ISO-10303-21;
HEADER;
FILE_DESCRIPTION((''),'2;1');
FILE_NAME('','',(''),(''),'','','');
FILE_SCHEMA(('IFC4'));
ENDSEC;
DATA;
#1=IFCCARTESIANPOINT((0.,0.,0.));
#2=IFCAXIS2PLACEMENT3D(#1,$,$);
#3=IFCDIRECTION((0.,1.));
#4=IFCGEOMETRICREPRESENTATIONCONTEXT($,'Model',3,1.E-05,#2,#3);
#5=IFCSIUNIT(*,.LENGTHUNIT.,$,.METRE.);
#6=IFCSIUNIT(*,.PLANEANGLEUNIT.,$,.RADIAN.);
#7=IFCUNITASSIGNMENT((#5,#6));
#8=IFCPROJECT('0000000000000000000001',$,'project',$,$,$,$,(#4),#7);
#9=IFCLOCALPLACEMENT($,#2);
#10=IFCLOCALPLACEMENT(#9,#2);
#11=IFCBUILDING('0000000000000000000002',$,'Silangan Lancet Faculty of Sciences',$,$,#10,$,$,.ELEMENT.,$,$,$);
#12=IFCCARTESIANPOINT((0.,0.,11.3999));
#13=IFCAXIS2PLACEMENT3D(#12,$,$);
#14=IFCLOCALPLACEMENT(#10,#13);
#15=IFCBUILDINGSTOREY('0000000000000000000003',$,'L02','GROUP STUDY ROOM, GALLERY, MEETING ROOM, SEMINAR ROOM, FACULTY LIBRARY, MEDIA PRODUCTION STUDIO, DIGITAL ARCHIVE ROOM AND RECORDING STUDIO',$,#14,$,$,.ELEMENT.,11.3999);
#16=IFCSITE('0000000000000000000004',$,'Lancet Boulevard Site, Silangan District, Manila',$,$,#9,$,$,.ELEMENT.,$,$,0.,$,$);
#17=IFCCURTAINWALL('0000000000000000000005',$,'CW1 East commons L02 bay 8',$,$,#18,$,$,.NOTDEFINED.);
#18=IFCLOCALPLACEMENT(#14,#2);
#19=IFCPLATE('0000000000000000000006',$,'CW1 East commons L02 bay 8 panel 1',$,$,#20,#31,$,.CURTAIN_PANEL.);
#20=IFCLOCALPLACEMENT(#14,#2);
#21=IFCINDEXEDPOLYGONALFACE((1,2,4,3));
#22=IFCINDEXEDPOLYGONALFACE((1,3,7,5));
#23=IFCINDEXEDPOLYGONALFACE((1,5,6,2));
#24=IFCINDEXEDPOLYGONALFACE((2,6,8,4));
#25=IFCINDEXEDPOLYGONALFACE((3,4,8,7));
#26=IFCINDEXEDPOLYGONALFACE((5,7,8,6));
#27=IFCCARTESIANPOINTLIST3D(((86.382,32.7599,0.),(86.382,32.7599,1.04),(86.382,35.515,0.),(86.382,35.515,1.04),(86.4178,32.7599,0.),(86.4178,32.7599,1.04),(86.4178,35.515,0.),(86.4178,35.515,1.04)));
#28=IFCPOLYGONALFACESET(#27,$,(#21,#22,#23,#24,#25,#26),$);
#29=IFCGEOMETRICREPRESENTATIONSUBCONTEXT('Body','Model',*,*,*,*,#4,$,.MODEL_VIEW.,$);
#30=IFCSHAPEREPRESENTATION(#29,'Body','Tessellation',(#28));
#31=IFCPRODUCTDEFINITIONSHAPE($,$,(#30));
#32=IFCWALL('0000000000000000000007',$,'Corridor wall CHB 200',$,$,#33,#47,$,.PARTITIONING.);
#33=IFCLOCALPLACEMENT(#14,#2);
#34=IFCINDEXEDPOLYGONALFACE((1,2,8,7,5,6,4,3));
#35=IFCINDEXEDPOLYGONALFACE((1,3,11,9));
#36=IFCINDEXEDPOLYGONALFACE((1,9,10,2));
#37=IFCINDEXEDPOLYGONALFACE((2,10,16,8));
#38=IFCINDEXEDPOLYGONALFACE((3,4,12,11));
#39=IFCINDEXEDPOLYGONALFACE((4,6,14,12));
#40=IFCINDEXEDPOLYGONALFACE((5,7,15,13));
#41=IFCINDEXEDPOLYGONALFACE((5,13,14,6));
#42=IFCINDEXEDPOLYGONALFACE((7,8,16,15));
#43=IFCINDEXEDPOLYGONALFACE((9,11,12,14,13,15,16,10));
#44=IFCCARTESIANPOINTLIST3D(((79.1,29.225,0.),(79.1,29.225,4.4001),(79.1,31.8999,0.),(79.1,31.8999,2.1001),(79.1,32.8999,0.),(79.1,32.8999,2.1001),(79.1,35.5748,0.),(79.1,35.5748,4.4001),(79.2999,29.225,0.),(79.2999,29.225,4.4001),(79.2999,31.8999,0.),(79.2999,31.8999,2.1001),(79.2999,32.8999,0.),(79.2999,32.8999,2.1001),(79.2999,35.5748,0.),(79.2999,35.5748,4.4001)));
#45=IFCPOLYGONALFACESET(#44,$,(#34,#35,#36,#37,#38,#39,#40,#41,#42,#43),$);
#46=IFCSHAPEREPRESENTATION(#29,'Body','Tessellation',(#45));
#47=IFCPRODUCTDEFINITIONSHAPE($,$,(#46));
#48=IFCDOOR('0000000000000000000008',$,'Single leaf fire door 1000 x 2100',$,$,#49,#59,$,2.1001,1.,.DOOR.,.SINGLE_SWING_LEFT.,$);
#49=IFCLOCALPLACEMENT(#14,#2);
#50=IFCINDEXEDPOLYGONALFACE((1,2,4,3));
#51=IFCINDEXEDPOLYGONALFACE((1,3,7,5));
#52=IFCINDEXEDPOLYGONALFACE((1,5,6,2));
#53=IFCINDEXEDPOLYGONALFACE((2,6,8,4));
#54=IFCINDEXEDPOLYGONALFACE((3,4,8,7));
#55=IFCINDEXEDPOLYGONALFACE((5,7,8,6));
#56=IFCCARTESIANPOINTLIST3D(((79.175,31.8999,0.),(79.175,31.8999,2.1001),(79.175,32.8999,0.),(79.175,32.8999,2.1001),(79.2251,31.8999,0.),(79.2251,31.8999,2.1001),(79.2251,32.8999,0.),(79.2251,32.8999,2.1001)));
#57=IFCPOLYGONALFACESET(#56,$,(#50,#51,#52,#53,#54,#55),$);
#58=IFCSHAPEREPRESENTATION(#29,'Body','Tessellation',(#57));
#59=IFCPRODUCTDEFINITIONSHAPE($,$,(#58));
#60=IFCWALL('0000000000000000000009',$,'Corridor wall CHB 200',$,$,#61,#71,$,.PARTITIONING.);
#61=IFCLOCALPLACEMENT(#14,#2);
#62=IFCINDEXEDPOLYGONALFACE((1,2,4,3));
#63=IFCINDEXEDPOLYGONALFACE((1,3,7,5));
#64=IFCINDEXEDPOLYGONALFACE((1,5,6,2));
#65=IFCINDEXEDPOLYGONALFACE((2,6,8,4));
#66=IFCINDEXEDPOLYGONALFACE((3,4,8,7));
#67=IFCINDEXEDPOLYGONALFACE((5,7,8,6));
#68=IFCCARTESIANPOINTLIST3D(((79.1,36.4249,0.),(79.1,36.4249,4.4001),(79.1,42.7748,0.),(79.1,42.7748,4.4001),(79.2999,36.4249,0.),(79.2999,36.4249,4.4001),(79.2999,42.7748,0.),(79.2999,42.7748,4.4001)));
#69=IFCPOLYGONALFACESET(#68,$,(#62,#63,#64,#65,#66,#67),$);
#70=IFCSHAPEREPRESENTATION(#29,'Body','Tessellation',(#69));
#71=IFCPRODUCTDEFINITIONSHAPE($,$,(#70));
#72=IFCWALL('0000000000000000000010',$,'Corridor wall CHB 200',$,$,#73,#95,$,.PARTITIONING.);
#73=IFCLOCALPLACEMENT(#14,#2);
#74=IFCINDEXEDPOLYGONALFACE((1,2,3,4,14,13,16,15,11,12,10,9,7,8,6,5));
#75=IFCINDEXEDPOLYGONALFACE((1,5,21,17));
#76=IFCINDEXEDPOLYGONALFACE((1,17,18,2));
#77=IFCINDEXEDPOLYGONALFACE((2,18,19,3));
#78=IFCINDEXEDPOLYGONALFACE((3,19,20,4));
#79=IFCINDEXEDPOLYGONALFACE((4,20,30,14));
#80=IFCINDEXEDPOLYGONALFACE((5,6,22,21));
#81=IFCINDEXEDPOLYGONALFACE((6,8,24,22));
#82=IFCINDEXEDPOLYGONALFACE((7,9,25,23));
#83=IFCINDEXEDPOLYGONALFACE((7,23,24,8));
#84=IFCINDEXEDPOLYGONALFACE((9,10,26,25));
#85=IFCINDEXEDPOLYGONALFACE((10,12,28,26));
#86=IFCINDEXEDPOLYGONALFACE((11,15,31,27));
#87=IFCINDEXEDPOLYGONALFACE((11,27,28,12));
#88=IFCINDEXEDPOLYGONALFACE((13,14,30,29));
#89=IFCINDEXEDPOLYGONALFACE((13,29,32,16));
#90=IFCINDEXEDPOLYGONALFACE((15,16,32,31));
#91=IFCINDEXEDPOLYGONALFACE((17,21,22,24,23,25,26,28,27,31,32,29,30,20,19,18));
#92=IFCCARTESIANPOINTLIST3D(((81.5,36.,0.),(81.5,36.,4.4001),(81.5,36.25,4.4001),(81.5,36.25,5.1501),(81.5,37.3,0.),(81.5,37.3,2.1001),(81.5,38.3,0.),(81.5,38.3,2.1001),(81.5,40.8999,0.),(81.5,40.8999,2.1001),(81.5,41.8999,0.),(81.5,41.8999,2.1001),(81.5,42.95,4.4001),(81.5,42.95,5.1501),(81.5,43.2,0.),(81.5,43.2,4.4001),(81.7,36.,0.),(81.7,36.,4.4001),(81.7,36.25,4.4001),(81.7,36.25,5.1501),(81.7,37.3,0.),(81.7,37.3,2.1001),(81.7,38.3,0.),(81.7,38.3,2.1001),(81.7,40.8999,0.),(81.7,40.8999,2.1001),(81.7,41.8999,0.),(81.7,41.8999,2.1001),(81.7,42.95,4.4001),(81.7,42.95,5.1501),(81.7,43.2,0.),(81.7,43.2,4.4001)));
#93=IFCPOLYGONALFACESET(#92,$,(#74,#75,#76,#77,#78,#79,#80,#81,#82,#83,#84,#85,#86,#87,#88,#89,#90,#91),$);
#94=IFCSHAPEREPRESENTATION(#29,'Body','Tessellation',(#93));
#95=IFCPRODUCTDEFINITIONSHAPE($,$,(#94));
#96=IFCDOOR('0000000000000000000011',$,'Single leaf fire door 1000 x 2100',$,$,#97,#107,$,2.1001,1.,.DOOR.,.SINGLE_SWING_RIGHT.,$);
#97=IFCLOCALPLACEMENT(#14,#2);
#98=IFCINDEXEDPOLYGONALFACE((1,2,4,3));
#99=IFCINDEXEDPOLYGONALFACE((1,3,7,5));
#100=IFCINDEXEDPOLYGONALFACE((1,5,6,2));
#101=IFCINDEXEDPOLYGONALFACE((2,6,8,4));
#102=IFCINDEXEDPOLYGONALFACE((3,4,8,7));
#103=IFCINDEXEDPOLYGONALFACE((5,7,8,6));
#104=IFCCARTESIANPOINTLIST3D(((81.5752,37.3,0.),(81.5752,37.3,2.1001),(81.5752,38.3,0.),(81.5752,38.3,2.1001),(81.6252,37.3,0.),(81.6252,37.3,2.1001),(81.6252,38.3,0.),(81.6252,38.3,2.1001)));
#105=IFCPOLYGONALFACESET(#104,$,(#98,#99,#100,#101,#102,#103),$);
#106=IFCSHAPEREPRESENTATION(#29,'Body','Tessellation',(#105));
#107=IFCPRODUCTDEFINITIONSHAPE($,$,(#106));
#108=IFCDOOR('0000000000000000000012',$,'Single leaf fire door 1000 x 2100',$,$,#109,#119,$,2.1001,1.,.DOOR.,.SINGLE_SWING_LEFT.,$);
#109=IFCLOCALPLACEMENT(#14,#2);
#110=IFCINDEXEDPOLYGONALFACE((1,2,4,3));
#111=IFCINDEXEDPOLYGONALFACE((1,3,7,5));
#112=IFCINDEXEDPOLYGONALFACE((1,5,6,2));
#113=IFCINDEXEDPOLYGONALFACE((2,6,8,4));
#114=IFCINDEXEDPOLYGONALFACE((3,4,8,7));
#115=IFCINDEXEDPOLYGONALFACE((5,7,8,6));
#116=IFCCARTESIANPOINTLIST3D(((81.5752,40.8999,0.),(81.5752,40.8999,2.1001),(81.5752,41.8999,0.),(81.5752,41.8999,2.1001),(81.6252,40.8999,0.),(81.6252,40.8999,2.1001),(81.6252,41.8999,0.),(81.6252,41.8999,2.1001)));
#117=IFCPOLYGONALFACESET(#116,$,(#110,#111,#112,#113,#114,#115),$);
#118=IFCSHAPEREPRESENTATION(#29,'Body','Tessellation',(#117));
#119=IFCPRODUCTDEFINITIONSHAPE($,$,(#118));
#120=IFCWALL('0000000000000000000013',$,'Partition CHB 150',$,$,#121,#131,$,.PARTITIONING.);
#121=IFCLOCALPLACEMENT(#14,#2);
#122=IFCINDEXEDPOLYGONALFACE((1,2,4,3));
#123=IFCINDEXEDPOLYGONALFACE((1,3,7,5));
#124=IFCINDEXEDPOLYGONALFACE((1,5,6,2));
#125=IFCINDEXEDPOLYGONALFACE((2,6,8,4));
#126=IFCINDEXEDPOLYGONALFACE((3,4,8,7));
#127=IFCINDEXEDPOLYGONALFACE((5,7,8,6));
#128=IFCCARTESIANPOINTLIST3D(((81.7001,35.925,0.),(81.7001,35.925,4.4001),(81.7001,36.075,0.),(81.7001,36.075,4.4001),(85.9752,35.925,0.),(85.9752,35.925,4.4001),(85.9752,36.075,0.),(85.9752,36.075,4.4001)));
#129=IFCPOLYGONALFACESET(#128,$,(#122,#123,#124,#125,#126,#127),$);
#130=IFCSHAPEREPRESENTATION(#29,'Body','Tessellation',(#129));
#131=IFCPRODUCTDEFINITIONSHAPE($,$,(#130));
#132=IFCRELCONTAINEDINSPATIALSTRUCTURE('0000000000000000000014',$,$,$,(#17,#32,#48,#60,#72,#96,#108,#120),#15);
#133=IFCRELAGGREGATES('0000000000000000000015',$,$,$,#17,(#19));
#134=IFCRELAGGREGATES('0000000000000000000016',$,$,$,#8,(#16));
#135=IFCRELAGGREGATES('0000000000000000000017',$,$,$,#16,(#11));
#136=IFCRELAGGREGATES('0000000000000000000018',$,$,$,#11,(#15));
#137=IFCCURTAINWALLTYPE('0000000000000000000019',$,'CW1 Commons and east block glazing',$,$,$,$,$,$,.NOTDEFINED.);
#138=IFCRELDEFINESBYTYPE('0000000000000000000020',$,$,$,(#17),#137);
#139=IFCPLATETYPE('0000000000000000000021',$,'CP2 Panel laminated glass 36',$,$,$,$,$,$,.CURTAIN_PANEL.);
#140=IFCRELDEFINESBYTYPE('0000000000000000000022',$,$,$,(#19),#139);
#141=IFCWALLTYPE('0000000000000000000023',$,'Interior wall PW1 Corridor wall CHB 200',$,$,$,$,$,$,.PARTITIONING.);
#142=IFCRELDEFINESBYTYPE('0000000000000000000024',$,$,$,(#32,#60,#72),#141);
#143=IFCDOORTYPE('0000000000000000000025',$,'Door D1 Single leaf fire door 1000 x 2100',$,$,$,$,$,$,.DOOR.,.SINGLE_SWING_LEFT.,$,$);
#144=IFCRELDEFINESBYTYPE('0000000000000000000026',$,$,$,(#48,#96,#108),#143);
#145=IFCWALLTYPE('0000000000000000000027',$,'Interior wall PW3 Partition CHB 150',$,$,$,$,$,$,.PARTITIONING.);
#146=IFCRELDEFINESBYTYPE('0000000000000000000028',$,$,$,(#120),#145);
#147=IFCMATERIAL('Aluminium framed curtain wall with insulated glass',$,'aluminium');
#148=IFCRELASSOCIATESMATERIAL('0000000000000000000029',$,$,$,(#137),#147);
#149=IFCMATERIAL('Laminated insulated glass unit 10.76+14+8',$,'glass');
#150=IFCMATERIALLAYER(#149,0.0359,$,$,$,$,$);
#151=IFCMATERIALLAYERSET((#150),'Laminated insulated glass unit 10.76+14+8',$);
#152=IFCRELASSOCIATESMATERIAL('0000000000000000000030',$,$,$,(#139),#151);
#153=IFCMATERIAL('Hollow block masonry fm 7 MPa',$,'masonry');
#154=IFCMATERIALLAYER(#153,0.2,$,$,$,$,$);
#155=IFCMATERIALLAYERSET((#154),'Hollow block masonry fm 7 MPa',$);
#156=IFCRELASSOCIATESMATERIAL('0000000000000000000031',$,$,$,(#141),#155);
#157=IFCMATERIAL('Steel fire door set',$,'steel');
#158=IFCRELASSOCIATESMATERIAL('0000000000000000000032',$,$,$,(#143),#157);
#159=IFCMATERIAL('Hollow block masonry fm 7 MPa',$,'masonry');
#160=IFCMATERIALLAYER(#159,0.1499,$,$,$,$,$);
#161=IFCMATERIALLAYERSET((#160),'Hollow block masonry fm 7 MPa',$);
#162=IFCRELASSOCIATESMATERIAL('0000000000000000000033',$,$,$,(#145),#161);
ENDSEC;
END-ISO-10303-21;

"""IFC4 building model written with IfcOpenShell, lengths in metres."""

from ifc_helpers import new_model, si_unit, direction, frame, frame_2d, origin, origin_2d, place, context, subcontext, project, spatial, polyline, rectangle, outline, extrude, material, layer, layer_set, type_object, element, fill, aggregate, save


model = new_model("IFC4")

# Units and contexts
model_context = context("Model", 3, precision=1e-05, world=origin(), true_north=direction((0.0, 1.0)))
body_context = subcontext(model_context, "Body", "Model", "MODEL_VIEW")
ifc_project = project(units=[si_unit("LENGTHUNIT", "METRE"), si_unit("PLANEANGLEUNIT", "RADIAN")], contexts=[model_context])

# Site, building, storey
site_placement = place(None, origin())
site = spatial("IfcSite", under=ifc_project, at=site_placement, Name="Lancet Boulevard Site, Silangan District, Manila", CompositionType="ELEMENT", RefElevation=0.0)
building_placement = place(site_placement, origin())
building = spatial("IfcBuilding", under=site, at=building_placement, Name="Silangan Lancet Faculty of Sciences", CompositionType="ELEMENT")
storey_placement = place(building_placement, frame((0.0, 0.0, 11.3999)))
storey = spatial("IfcBuildingStorey", under=building, at=storey_placement, Name="L02", Description="GROUP STUDY ROOM, GALLERY, MEETING ROOM, SEMINAR ROOM, FACULTY LIBRARY, MEDIA PRODUCTION STUDIO, DIGITAL ARCHIVE ROOM AND RECORDING STUDIO", CompositionType="ELEMENT", Elevation=11.3999)

# Curtain wall
ifc_material_1 = material(Name="Aluminium framed curtain wall with insulated glass", Category="aluminium")
curtain_wall_type = type_object("IfcCurtainWallType", Name="CW1 Commons and east block glazing", PredefinedType="NOTDEFINED", material=ifc_material_1)
curtain_wall_1_placement = place(storey_placement, origin())
curtain_wall_1 = element("IfcCurtainWall", 1, at=curtain_wall_1_placement, inside=storey, type_object=curtain_wall_type, Name="CW1 East commons L02 bay 8", PredefinedType="NOTDEFINED")

# Plate
ifc_material_2 = material(Name="Laminated insulated glass unit 10.76+14+8", Category="glass")
ifc_layer_1 = layer(ifc_material_2, 0.0359)
ifc_layer_set_1 = layer_set([ifc_layer_1], Name="Laminated insulated glass unit 10.76+14+8")
plate_type_1 = type_object("IfcPlateType", Name="CP2 Panel laminated glass 36", PredefinedType="CURTAIN_PANEL", material=ifc_layer_set_1)
plate_1_placement = place(storey_placement, frame((86.3999, 34.1375, 0.0), z_axis=(0.0, 0.0, 1.0), x_axis=(0.0, 1.0, 0.0)))
plate_1 = element("IfcPlate", 2, at=plate_1_placement, type_object=plate_type_1, Name="CW1 East commons L02 bay 8 panel 1", PredefinedType="CURTAIN_PANEL", context=body_context, shape_type="SweptSolid", body=[
    extrude(rectangle(XDim=2.7551, YDim=0.0359, at=origin_2d()), origin(), (0.0, 0.0, 1.0), 1.04),
])
aggregate(curtain_wall_1, [plate_1])

# Wall, opening, door
ifc_material_3 = material(Name="Hollow block masonry fm 7 MPa", Category="masonry")
ifc_layer_2 = layer(ifc_material_3, 0.2)
ifc_layer_set_2 = layer_set([ifc_layer_2], Name="Hollow block masonry fm 7 MPa")
wall_type_1 = type_object("IfcWallType", Name="Interior wall PW1 Corridor wall CHB 200", PredefinedType="PARTITIONING", material=ifc_layer_set_2)
wall_1_placement = place(storey_placement, frame((79.2, 29.2251, 0.0), z_axis=(0.0, 0.0, 1.0), x_axis=(0.0, 1.0, 0.0)))
wall_1 = element("IfcWall", 3, at=wall_1_placement, inside=storey, type_object=wall_type_1, Name="Corridor wall CHB 200", PredefinedType="PARTITIONING", context=body_context, shape_type="SweptSolid", body=[
    extrude(rectangle(XDim=6.3499, YDim=0.2, at=frame_2d((3.1748, 0.0))), origin(), (0.0, 0.0, 1.0), 4.4001),
])
opening_1_placement = place(wall_1_placement, frame((2.6748, 0.0, 0.0)))
opening_1 = element("IfcOpeningElement", 4, at=opening_1_placement, cuts=wall_1, PredefinedType="OPENING", context=body_context, shape_type="SweptSolid", body=[
    extrude(rectangle(XDim=1.0, YDim=2.1001, at=frame_2d((0.5, 1.05))), frame((0.0, 0.1099, 0.0), z_axis=(0.0, -1.0, 0.0), x_axis=(1.0, 0.0, 0.0)), (0.0, 0.0, 1.0), 0.22),
])
ifc_material_4 = material(Name="Steel fire door set", Category="steel")
door_type = type_object("IfcDoorType", Name="Door D1 Single leaf fire door 1000 x 2100", OperationType="SINGLE_SWING_LEFT", PredefinedType="DOOR", material=ifc_material_4)
door_1_placement = place(opening_1_placement, origin())
door_1 = element("IfcDoor", 5, at=door_1_placement, inside=storey, type_object=door_type, Name="Single leaf fire door 1000 x 2100", OperationType="SINGLE_SWING_LEFT", OverallHeight=2.1001, OverallWidth=1.0, PredefinedType="DOOR", context=body_context, shape_type="SweptSolid", body=[
    extrude(rectangle(XDim=1.0, YDim=2.1001, at=frame_2d((0.5, 1.05))), frame((0.0, 0.0249, 0.0), z_axis=(0.0, -1.0, 0.0), x_axis=(1.0, 0.0, 0.0)), (0.0, 0.0, 1.0), 0.05),
])
fill(opening_1, door_1)

# Wall
wall_2_placement = place(storey_placement, frame((79.2, 36.425, 0.0), z_axis=(0.0, 0.0, 1.0), x_axis=(0.0, 1.0, 0.0)))
element("IfcWall", 6, at=wall_2_placement, inside=storey, type_object=wall_type_1, Name="Corridor wall CHB 200", PredefinedType="PARTITIONING", context=body_context, shape_type="SweptSolid", body=[
    extrude(rectangle(XDim=6.3499, YDim=0.2, at=frame_2d((3.1748, 0.0))), origin(), (0.0, 0.0, 1.0), 4.4001),
])

# Wall, openings, doors
wall_3_placement = place(storey_placement, frame((81.6001, 36.0, 0.0), z_axis=(0.0, 0.0, 1.0), x_axis=(0.0, 1.0, 0.0)))
wall_3 = element("IfcWall", 7, at=wall_3_placement, inside=storey, type_object=wall_type_1, Name="Corridor wall CHB 200", PredefinedType="PARTITIONING", context=body_context, shape_type="SweptSolid", body=[
    extrude(outline(polyline([(0.0, 0.0), (7.2, 0.0), (7.2, 4.4001), (6.95, 4.4001), (6.95, 5.1501), (0.25, 5.1501), (0.25, 4.4001), (0.0, 4.4001), (0.0, 0.0)])), frame((0.0, 0.1001, 0.0), z_axis=(0.0, -1.0, 0.0), x_axis=(1.0, 0.0, 0.0)), (0.0, 0.0, 1.0), 0.2),
])
opening_2_placement = place(wall_3_placement, frame((1.3, 0.0, 0.0)))
opening_2 = element("IfcOpeningElement", 8, at=opening_2_placement, cuts=wall_3, PredefinedType="OPENING", context=body_context, shape_type="SweptSolid", body=[
    extrude(rectangle(XDim=1.0, YDim=2.1001, at=frame_2d((0.5, 1.05))), frame((0.0, 0.1099, 0.0), z_axis=(0.0, -1.0, 0.0), x_axis=(1.0, 0.0, 0.0)), (0.0, 0.0, 1.0), 0.22),
])
opening_3_placement = place(wall_3_placement, frame((4.8999, 0.0, 0.0)))
opening_3 = element("IfcOpeningElement", 9, at=opening_3_placement, cuts=wall_3, PredefinedType="OPENING", context=body_context, shape_type="SweptSolid", body=[
    extrude(rectangle(XDim=1.0, YDim=2.1001, at=frame_2d((0.5, 1.05))), frame((0.0, 0.1099, 0.0), z_axis=(0.0, -1.0, 0.0), x_axis=(1.0, 0.0, 0.0)), (0.0, 0.0, 1.0), 0.22),
])
door_2_placement = place(opening_2_placement, frame((1.0, 0.0, 0.0), z_axis=(0.0, 0.0, 1.0), x_axis=(-1.0, 0.0, 0.0)))
door_2 = element("IfcDoor", 10, at=door_2_placement, inside=storey, type_object=door_type, Name="Single leaf fire door 1000 x 2100", OperationType="SINGLE_SWING_RIGHT", OverallHeight=2.1001, OverallWidth=1.0, PredefinedType="DOOR", context=body_context, shape_type="SweptSolid", body=[
    extrude(rectangle(XDim=1.0, YDim=2.1001, at=frame_2d((0.5, 1.05))), frame((0.0, 0.0251, 0.0), z_axis=(0.0, -1.0, 0.0), x_axis=(1.0, 0.0, 0.0)), (0.0, 0.0, 1.0), 0.05),
])
fill(opening_2, door_2)
door_3_placement = place(opening_3_placement, frame((1.0, 0.0, 0.0), z_axis=(0.0, 0.0, 1.0), x_axis=(-1.0, 0.0, 0.0)))
door_3 = element("IfcDoor", 11, at=door_3_placement, inside=storey, type_object=door_type, Name="Single leaf fire door 1000 x 2100", OperationType="SINGLE_SWING_LEFT", OverallHeight=2.1001, OverallWidth=1.0, PredefinedType="DOOR", context=body_context, shape_type="SweptSolid", body=[
    extrude(rectangle(XDim=1.0, YDim=2.1001, at=frame_2d((0.5, 1.05))), frame((0.0, 0.0251, 0.0), z_axis=(0.0, -1.0, 0.0), x_axis=(1.0, 0.0, 0.0)), (0.0, 0.0, 1.0), 0.05),
])
fill(opening_3, door_3)

# Wall
ifc_material_5 = material(Name="Hollow block masonry fm 7 MPa", Category="masonry")
ifc_layer_3 = layer(ifc_material_5, 0.1499)
ifc_layer_set_3 = layer_set([ifc_layer_3], Name="Hollow block masonry fm 7 MPa")
wall_type_2 = type_object("IfcWallType", Name="Interior wall PW3 Partition CHB 150", PredefinedType="PARTITIONING", material=ifc_layer_set_3)
wall_4_placement = place(storey_placement, frame((81.7, 36.0, 0.0), z_axis=(0.0, 0.0, 1.0), x_axis=(1.0, 0.0, 0.0)))
element("IfcWall", 12, at=wall_4_placement, inside=storey, type_object=wall_type_2, Name="Partition CHB 150", PredefinedType="PARTITIONING", context=body_context, shape_type="SweptSolid", body=[
    extrude(rectangle(XDim=4.2751, YDim=0.1499, at=frame_2d((2.1377, 0.0))), origin(), (0.0, 0.0, 1.0), 4.4001),
])

save(model, "model.ifc")
